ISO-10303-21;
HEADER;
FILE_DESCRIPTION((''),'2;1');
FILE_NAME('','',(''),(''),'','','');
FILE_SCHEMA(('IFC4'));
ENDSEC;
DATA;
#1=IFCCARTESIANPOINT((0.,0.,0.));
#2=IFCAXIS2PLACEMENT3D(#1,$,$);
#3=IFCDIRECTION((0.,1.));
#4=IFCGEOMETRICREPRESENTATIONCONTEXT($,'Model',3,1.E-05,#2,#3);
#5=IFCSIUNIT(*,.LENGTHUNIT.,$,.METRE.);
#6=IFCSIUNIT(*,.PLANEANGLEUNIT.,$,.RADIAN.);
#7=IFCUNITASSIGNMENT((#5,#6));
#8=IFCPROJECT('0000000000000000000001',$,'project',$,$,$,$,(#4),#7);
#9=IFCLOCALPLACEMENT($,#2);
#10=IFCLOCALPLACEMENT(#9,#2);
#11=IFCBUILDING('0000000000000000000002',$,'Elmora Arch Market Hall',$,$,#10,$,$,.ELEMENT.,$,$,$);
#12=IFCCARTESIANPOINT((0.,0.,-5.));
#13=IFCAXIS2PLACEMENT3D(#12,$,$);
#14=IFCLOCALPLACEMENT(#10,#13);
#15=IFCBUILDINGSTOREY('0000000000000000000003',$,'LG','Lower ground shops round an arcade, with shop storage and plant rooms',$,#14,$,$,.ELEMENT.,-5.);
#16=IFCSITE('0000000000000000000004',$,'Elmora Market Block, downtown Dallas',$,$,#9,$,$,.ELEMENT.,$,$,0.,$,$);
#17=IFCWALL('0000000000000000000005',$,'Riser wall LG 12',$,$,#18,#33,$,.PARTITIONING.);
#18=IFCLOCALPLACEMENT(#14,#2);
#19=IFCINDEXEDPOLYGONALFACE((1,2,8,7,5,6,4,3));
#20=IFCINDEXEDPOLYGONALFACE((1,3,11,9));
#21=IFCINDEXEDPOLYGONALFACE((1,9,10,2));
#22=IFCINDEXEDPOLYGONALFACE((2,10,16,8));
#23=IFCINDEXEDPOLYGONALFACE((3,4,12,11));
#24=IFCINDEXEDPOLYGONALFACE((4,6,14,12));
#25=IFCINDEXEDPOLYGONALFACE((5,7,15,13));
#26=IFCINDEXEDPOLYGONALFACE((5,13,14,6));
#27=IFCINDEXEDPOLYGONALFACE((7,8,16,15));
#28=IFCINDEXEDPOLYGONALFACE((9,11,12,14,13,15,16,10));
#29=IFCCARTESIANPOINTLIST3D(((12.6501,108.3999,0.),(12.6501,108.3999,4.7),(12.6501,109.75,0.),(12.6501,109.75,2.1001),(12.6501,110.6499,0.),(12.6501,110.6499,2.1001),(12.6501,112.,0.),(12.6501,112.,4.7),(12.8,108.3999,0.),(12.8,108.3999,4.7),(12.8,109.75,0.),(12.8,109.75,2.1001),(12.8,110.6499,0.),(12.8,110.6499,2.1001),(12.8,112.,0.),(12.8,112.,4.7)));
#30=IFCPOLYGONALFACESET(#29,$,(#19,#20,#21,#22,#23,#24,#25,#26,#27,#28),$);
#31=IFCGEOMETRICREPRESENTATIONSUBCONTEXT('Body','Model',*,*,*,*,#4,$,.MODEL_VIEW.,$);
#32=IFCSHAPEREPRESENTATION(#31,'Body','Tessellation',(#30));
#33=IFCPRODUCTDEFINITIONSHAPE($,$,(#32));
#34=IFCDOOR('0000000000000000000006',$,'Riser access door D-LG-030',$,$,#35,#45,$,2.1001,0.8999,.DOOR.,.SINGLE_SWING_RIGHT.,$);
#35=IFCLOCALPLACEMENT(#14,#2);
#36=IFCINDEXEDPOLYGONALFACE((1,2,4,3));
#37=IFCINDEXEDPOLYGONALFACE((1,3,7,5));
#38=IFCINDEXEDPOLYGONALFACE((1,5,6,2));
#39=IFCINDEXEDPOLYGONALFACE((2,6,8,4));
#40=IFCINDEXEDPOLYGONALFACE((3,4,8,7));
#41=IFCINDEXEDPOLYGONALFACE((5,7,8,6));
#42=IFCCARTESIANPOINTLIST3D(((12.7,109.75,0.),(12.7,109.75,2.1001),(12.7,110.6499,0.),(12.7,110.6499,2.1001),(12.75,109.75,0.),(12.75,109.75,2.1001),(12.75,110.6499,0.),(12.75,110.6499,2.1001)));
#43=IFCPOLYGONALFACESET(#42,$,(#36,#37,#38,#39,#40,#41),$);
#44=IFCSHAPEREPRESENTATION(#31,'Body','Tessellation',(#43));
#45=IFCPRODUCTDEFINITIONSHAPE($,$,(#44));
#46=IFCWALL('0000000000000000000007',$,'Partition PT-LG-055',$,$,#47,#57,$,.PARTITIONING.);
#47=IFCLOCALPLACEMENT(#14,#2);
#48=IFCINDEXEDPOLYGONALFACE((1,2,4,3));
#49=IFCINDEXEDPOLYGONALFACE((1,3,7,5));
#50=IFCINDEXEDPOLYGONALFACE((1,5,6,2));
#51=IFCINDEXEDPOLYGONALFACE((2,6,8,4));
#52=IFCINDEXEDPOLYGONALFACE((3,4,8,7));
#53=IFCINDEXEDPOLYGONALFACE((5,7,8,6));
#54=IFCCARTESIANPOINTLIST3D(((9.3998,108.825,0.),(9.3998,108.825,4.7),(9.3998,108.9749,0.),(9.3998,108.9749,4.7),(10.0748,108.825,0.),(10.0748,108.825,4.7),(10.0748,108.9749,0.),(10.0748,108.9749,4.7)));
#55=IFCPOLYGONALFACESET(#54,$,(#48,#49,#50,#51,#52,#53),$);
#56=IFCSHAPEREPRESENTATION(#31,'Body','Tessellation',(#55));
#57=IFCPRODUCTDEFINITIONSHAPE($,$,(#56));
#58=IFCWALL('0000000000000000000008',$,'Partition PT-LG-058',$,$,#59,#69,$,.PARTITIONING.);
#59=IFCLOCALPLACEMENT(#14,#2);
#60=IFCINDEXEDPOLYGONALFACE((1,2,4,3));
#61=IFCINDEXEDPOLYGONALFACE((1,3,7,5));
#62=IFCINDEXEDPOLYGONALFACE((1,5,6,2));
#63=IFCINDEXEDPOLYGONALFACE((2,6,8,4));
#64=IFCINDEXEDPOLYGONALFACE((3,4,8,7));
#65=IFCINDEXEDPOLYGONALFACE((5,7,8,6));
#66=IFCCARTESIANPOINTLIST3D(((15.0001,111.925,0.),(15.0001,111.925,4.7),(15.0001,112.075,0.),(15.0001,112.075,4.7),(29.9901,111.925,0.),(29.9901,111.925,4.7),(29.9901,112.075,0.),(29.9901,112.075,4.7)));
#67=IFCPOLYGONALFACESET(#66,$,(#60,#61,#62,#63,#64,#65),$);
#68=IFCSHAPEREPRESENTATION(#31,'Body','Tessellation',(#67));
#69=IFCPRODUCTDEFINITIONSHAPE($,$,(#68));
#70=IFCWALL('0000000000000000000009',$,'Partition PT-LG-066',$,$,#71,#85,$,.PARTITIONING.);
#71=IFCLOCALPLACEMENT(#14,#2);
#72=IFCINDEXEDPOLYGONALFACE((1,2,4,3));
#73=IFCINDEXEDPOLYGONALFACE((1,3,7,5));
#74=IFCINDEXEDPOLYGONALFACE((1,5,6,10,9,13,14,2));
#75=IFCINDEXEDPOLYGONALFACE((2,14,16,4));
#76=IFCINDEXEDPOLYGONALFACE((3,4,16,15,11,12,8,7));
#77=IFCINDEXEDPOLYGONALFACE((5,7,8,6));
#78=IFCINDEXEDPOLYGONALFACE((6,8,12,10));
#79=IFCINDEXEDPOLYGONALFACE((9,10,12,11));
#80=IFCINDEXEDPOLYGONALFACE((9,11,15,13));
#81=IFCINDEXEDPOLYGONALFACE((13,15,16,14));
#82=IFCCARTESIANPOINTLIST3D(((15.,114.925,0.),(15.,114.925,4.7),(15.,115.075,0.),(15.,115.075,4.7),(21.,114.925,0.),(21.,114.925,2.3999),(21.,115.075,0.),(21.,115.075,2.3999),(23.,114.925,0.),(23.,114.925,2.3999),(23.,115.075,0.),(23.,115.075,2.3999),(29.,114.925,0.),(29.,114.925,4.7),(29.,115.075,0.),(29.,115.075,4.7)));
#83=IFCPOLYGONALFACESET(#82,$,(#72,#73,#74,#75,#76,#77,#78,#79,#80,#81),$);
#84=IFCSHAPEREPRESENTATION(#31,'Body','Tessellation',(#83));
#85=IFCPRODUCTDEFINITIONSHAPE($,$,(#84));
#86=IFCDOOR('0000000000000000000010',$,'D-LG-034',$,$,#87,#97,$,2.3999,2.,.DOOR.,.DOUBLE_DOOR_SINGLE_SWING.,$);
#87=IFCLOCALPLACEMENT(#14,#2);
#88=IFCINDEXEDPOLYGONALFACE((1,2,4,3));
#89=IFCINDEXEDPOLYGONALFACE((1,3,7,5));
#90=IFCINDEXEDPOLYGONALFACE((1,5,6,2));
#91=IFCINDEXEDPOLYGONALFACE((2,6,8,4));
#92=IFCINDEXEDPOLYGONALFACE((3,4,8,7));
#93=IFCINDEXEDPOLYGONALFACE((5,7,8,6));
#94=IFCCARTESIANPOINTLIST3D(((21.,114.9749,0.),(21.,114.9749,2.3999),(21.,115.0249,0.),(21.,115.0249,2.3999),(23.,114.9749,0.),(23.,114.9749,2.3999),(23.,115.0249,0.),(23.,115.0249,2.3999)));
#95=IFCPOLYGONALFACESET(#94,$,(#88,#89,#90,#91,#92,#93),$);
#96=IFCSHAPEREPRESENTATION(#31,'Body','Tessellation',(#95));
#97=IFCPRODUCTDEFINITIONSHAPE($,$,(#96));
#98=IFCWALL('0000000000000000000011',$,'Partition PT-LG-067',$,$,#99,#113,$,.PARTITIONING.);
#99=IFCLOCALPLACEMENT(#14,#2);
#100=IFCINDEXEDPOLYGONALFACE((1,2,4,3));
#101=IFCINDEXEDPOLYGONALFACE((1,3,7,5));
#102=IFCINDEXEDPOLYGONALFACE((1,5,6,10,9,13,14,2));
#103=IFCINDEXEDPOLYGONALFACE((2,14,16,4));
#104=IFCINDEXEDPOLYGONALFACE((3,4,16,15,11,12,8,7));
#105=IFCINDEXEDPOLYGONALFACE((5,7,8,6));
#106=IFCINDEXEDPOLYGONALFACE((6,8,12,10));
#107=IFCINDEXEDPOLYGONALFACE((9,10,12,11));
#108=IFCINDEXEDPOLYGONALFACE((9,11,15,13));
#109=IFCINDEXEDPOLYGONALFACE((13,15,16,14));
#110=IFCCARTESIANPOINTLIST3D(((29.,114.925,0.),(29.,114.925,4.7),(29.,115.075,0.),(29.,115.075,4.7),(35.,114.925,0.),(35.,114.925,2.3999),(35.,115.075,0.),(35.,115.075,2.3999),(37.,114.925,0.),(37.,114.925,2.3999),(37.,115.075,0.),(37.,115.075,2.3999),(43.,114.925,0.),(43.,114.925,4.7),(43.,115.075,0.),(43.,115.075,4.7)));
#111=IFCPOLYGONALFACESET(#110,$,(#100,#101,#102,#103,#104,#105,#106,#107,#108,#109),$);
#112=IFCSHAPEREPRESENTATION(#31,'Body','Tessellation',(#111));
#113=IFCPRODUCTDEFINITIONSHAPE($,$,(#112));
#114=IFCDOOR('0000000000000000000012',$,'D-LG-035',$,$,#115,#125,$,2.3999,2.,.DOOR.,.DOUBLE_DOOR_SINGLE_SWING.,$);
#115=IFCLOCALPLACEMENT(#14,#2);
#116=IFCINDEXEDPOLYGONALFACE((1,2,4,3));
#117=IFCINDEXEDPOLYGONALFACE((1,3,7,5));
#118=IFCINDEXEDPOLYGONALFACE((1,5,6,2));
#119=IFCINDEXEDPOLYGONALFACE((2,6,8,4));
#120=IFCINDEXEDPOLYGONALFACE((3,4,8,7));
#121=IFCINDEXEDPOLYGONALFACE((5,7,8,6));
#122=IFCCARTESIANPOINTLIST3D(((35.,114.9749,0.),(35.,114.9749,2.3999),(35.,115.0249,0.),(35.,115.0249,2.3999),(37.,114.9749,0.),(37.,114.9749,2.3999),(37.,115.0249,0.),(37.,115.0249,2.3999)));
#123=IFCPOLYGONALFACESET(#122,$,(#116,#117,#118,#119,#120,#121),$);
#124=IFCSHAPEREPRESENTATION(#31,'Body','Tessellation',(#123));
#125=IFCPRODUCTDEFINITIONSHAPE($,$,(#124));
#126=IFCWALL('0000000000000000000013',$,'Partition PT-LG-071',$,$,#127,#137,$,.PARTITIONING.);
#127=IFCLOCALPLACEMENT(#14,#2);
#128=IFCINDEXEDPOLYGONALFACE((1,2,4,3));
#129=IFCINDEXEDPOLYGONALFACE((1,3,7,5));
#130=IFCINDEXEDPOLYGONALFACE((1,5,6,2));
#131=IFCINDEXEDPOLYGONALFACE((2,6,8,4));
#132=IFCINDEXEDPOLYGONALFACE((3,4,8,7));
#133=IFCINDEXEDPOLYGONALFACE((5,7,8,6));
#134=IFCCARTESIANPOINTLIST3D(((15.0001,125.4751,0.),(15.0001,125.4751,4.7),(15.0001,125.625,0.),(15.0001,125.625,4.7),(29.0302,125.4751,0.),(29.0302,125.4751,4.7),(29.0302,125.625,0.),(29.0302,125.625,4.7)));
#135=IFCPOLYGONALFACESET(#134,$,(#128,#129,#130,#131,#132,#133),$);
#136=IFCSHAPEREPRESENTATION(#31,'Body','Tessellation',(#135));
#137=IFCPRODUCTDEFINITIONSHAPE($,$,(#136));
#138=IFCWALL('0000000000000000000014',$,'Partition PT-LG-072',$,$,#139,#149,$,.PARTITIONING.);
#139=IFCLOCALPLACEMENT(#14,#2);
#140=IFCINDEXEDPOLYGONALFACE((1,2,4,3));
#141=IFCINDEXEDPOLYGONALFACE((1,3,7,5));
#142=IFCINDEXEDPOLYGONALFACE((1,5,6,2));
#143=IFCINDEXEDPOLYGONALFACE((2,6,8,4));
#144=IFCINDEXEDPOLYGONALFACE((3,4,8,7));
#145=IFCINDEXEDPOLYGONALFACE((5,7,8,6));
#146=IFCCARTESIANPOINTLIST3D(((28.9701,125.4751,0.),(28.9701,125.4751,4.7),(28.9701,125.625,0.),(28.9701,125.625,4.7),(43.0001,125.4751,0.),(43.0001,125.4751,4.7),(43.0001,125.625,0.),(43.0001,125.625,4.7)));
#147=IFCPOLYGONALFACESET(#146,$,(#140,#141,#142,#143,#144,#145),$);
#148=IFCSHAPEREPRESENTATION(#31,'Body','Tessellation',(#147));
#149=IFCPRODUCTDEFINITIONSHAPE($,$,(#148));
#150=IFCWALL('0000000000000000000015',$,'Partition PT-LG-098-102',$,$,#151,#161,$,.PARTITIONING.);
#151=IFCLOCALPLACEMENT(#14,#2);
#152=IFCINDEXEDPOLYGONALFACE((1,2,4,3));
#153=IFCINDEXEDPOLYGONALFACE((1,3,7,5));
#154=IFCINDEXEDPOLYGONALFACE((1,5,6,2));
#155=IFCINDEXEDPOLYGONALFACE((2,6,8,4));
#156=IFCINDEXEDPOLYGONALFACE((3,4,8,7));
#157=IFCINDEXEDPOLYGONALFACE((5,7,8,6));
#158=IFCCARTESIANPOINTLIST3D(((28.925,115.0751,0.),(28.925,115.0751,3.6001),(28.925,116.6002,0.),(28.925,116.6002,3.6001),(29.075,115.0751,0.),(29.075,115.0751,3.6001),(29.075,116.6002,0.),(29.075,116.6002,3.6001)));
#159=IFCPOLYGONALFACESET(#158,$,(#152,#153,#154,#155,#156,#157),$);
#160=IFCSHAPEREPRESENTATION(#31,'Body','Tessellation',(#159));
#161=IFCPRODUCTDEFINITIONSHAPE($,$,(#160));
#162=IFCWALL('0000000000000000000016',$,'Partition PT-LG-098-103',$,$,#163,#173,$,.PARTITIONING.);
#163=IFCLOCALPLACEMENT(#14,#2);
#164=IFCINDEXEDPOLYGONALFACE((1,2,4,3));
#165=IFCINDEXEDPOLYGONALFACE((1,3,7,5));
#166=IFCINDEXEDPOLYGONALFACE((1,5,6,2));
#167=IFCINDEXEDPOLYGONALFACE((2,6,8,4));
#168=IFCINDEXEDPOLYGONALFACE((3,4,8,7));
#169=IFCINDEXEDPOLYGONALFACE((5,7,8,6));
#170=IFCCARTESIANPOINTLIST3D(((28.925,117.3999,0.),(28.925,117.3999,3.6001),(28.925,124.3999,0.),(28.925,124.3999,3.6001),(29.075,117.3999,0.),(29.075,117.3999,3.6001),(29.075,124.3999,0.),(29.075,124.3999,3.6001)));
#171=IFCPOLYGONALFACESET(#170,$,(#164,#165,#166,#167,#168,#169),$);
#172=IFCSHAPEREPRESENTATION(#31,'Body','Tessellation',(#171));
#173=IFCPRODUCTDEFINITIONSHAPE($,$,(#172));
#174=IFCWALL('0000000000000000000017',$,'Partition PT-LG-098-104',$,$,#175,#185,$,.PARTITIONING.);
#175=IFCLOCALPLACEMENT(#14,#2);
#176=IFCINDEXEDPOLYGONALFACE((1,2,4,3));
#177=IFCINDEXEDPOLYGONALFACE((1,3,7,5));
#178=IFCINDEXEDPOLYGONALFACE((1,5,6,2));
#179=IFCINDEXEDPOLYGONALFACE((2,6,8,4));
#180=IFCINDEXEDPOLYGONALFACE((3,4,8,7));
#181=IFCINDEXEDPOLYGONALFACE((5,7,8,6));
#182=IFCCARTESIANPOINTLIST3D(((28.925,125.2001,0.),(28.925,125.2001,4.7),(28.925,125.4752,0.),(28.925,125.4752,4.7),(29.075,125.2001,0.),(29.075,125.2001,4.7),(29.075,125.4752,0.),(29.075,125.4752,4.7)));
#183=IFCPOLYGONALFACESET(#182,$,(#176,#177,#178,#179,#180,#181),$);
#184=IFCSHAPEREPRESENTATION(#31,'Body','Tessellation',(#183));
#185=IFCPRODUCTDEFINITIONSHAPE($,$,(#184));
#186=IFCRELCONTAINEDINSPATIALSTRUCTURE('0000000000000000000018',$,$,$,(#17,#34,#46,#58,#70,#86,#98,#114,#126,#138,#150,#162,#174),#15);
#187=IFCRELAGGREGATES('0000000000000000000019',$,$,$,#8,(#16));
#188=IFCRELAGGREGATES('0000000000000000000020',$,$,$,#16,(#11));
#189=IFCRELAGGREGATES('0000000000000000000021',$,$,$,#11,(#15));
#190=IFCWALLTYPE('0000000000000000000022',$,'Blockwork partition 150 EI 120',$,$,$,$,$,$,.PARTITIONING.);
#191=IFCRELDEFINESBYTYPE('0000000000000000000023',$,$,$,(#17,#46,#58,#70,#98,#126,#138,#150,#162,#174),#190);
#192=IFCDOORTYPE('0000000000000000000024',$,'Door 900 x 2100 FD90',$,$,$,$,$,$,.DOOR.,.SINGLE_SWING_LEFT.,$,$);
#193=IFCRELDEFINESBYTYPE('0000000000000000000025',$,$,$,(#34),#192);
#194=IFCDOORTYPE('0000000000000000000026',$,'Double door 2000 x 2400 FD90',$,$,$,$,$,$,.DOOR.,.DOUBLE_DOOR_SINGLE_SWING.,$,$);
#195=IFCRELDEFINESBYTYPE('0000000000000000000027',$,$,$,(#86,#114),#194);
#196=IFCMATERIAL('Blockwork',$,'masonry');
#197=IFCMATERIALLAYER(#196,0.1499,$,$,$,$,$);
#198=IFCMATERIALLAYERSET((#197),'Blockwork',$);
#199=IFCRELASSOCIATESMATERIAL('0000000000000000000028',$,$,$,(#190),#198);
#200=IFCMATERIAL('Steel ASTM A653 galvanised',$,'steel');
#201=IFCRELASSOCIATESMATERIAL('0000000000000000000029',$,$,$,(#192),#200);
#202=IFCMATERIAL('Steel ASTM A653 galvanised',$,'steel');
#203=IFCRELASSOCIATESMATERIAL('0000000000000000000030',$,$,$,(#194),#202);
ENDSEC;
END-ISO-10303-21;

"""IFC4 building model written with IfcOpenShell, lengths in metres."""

from ifc_helpers import new_model, si_unit, direction, frame, frame_2d, origin, place, context, subcontext, project, spatial, rectangle, extrude, material, layer, layer_set, type_object, element, fill, save


model = new_model("IFC4")

# Units and contexts
model_context = context("Model", 3, precision=1e-05, world=origin(), true_north=direction((0.0, 1.0)))
body_context = subcontext(model_context, "Body", "Model", "MODEL_VIEW")
ifc_project = project(units=[si_unit("LENGTHUNIT", "METRE"), si_unit("PLANEANGLEUNIT", "RADIAN")], contexts=[model_context])

# Site, building, storey
site_placement = place(None, origin())
site = spatial("IfcSite", under=ifc_project, at=site_placement, Name="Elmora Market Block, downtown Dallas", CompositionType="ELEMENT", RefElevation=0.0)
building_placement = place(site_placement, origin())
building = spatial("IfcBuilding", under=site, at=building_placement, Name="Elmora Arch Market Hall", CompositionType="ELEMENT")
storey_placement = place(building_placement, frame((0.0, 0.0, -5.0)))
storey = spatial("IfcBuildingStorey", under=building, at=storey_placement, Name="LG", Description="Lower ground shops round an arcade, with shop storage and plant rooms", CompositionType="ELEMENT", Elevation=-5.0)

# Wall, opening, door
ifc_material_1 = material(Name="Blockwork", Category="masonry")
ifc_layer_1 = layer(ifc_material_1, 0.1499)
ifc_layer_set_1 = layer_set([ifc_layer_1], Name="Blockwork")
wall_type_1 = type_object("IfcWallType", Name="Blockwork partition 150 EI 120", PredefinedType="PARTITIONING", material=ifc_layer_set_1)
wall_1_placement = place(storey_placement, frame((12.7251, 108.3999, 0.0), z_axis=(0.0, 0.0, 1.0), x_axis=(0.0, 1.0, 0.0)))
wall_1 = element("IfcWall", 1, at=wall_1_placement, inside=storey, type_object=wall_type_1, Name="Riser wall LG 12", PredefinedType="PARTITIONING", context=body_context, shape_type="SweptSolid", body=[
    extrude(rectangle(XDim=3.6001, YDim=0.1499, at=frame_2d((1.8, 0.0))), origin(), (0.0, 0.0, 1.0), 4.7),
])
opening_1_placement = place(wall_1_placement, frame((1.3501, 0.0, 0.0)))
opening_1 = element("IfcOpeningElement", 2, at=opening_1_placement, cuts=wall_1, PredefinedType="OPENING", context=body_context, shape_type="SweptSolid", body=[
    extrude(rectangle(XDim=0.8999, YDim=2.1001, at=frame_2d((0.45, 1.05))), frame((0.0, 0.085, 0.0), z_axis=(0.0, -1.0, 0.0), x_axis=(1.0, 0.0, 0.0)), (0.0, 0.0, 1.0), 0.1699),
])
ifc_material_2 = material(Name="Steel ASTM A653 galvanised", Category="steel")
door_type_1 = type_object("IfcDoorType", Name="Door 900 x 2100 FD90", OperationType="SINGLE_SWING_LEFT", PredefinedType="DOOR", material=ifc_material_2)
door_1_placement = place(opening_1_placement, frame((0.8999, 0.0, 0.0), z_axis=(0.0, 0.0, 1.0), x_axis=(-1.0, 0.0, 0.0)))
door_1 = element("IfcDoor", 3, at=door_1_placement, inside=storey, type_object=door_type_1, Name="Riser access door D-LG-030", OperationType="SINGLE_SWING_RIGHT", OverallHeight=2.1001, OverallWidth=0.8999, PredefinedType="DOOR", context=body_context, shape_type="SweptSolid", body=[
    extrude(rectangle(XDim=0.8999, YDim=2.1001, at=frame_2d((0.45, 1.05))), frame((0.0, 0.0249, 0.0), z_axis=(0.0, -1.0, 0.0), x_axis=(1.0, 0.0, 0.0)), (0.0, 0.0, 1.0), 0.05),
])
fill(opening_1, door_1)

# Walls
wall_2_placement = place(storey_placement, frame((9.3999, 108.8999, 0.0), z_axis=(0.0, 0.0, 1.0), x_axis=(1.0, 0.0, 0.0)))
element("IfcWall", 4, at=wall_2_placement, inside=storey, type_object=wall_type_1, Name="Partition PT-LG-055", PredefinedType="PARTITIONING", context=body_context, shape_type="SweptSolid", body=[
    extrude(rectangle(XDim=0.675, YDim=0.1499, at=frame_2d((0.3374, 0.0))), origin(), (0.0, 0.0, 1.0), 4.7),
])
wall_3_placement = place(storey_placement, frame((15.0, 112.0, 0.0), z_axis=(0.0, 0.0, 1.0), x_axis=(1.0, 0.0, 0.0)))
element("IfcWall", 5, at=wall_3_placement, inside=storey, type_object=wall_type_1, Name="Partition PT-LG-058", PredefinedType="PARTITIONING", context=body_context, shape_type="SweptSolid", body=[
    extrude(rectangle(XDim=14.99, YDim=0.1499, at=frame_2d((7.4951, 0.0))), origin(), (0.0, 0.0, 1.0), 4.7),
])

# Walls, openings, doors
wall_4_placement = place(storey_placement, frame((15.0, 115.0, 0.0), z_axis=(0.0, 0.0, 1.0), x_axis=(1.0, 0.0, 0.0)))
wall_4 = element("IfcWall", 6, at=wall_4_placement, inside=storey, type_object=wall_type_1, Name="Partition PT-LG-066", PredefinedType="PARTITIONING", context=body_context, shape_type="SweptSolid", body=[
    extrude(rectangle(XDim=14.0, YDim=0.1499, at=frame_2d((7.0, 0.0))), origin(), (0.0, 0.0, 1.0), 4.7),
])
opening_2_placement = place(wall_4_placement, frame((6.0, 0.0, 0.0)))
opening_2 = element("IfcOpeningElement", 7, at=opening_2_placement, cuts=wall_4, PredefinedType="OPENING", context=body_context, shape_type="SweptSolid", body=[
    extrude(rectangle(XDim=2.0, YDim=2.3999, at=frame_2d((1.0, 1.2))), frame((0.0, 0.085, 0.0), z_axis=(0.0, -1.0, 0.0), x_axis=(1.0, 0.0, 0.0)), (0.0, 0.0, 1.0), 0.1699),
])
ifc_material_3 = material(Name="Steel ASTM A653 galvanised", Category="steel")
door_type_2 = type_object("IfcDoorType", Name="Double door 2000 x 2400 FD90", OperationType="DOUBLE_DOOR_SINGLE_SWING", PredefinedType="DOOR", material=ifc_material_3)
door_2_placement = place(opening_2_placement, origin())
door_2 = element("IfcDoor", 8, at=door_2_placement, inside=storey, type_object=door_type_2, Name="D-LG-034", OperationType="DOUBLE_DOOR_SINGLE_SWING", OverallHeight=2.3999, OverallWidth=2.0, PredefinedType="DOOR", context=body_context, shape_type="SweptSolid", body=[
    extrude(rectangle(XDim=2.0, YDim=2.3999, at=frame_2d((1.0, 1.2))), frame((0.0, 0.0249, 0.0), z_axis=(0.0, -1.0, 0.0), x_axis=(1.0, 0.0, 0.0)), (0.0, 0.0, 1.0), 0.05),
])
fill(opening_2, door_2)
wall_5_placement = place(storey_placement, frame((29.0, 115.0, 0.0), z_axis=(0.0, 0.0, 1.0), x_axis=(1.0, 0.0, 0.0)))
wall_5 = element("IfcWall", 9, at=wall_5_placement, inside=storey, type_object=wall_type_1, Name="Partition PT-LG-067", PredefinedType="PARTITIONING", context=body_context, shape_type="SweptSolid", body=[
    extrude(rectangle(XDim=14.0, YDim=0.1499, at=frame_2d((7.0, 0.0))), origin(), (0.0, 0.0, 1.0), 4.7),
])
opening_3_placement = place(wall_5_placement, frame((6.0, 0.0, 0.0)))
opening_3 = element("IfcOpeningElement", 10, at=opening_3_placement, cuts=wall_5, PredefinedType="OPENING", context=body_context, shape_type="SweptSolid", body=[
    extrude(rectangle(XDim=2.0, YDim=2.3999, at=frame_2d((1.0, 1.2))), frame((0.0, 0.085, 0.0), z_axis=(0.0, -1.0, 0.0), x_axis=(1.0, 0.0, 0.0)), (0.0, 0.0, 1.0), 0.1699),
])
door_3_placement = place(opening_3_placement, origin())
door_3 = element("IfcDoor", 11, at=door_3_placement, inside=storey, type_object=door_type_2, Name="D-LG-035", OperationType="DOUBLE_DOOR_SINGLE_SWING", OverallHeight=2.3999, OverallWidth=2.0, PredefinedType="DOOR", context=body_context, shape_type="SweptSolid", body=[
    extrude(rectangle(XDim=2.0, YDim=2.3999, at=frame_2d((1.0, 1.2))), frame((0.0, 0.0249, 0.0), z_axis=(0.0, -1.0, 0.0), x_axis=(1.0, 0.0, 0.0)), (0.0, 0.0, 1.0), 0.05),
])
fill(opening_3, door_3)

# Walls
for number, where, z_axis, x_axis, name in (
    (12, (15.0, 125.55, 0.0), (0.0, 0.0, 1.0), (1.0, 0.0, 0.0), "Partition PT-LG-071"),
    (13, (28.97, 125.55, 0.0), (0.0, 0.0, 1.0), (1.0, 0.0, 0.0), "Partition PT-LG-072"),
):
    element("IfcWall", number, at=place(storey_placement, frame(where, z_axis=z_axis, x_axis=x_axis)), inside=storey, type_object=wall_type_1, Name=name, PredefinedType="PARTITIONING", context=body_context, shape_type="SweptSolid", body=[
        extrude(rectangle(XDim=14.03, YDim=0.1499, at=frame_2d((7.0151, 0.0))), origin(), (0.0, 0.0, 1.0), 4.7),
    ])
wall_6_placement = place(storey_placement, frame((29.0, 115.075, 0.0), z_axis=(0.0, 0.0, 1.0), x_axis=(0.0, 1.0, 0.0)))
element("IfcWall", 14, at=wall_6_placement, inside=storey, type_object=wall_type_1, Name="Partition PT-LG-098-102", PredefinedType="PARTITIONING", context=body_context, shape_type="SweptSolid", body=[
    extrude(rectangle(XDim=1.5251, YDim=0.1499, at=frame_2d((0.7627, 0.0))), origin(), (0.0, 0.0, 1.0), 3.6001),
])
wall_7_placement = place(storey_placement, frame((29.0, 117.3999, 0.0), z_axis=(0.0, 0.0, 1.0), x_axis=(0.0, 1.0, 0.0)))
element("IfcWall", 15, at=wall_7_placement, inside=storey, type_object=wall_type_1, Name="Partition PT-LG-098-103", PredefinedType="PARTITIONING", context=body_context, shape_type="SweptSolid", body=[
    extrude(rectangle(XDim=7.0, YDim=0.1499, at=frame_2d((3.5, 0.0))), origin(), (0.0, 0.0, 1.0), 3.6001),
])
wall_8_placement = place(storey_placement, frame((29.0, 125.2, 0.0), z_axis=(0.0, 0.0, 1.0), x_axis=(0.0, 1.0, 0.0)))
element("IfcWall", 16, at=wall_8_placement, inside=storey, type_object=wall_type_1, Name="Partition PT-LG-098-104", PredefinedType="PARTITIONING", context=body_context, shape_type="SweptSolid", body=[
    extrude(rectangle(XDim=0.2751, YDim=0.1499, at=frame_2d((0.1377, 0.0))), origin(), (0.0, 0.0, 1.0), 4.7),
])

save(model, "model.ifc")
